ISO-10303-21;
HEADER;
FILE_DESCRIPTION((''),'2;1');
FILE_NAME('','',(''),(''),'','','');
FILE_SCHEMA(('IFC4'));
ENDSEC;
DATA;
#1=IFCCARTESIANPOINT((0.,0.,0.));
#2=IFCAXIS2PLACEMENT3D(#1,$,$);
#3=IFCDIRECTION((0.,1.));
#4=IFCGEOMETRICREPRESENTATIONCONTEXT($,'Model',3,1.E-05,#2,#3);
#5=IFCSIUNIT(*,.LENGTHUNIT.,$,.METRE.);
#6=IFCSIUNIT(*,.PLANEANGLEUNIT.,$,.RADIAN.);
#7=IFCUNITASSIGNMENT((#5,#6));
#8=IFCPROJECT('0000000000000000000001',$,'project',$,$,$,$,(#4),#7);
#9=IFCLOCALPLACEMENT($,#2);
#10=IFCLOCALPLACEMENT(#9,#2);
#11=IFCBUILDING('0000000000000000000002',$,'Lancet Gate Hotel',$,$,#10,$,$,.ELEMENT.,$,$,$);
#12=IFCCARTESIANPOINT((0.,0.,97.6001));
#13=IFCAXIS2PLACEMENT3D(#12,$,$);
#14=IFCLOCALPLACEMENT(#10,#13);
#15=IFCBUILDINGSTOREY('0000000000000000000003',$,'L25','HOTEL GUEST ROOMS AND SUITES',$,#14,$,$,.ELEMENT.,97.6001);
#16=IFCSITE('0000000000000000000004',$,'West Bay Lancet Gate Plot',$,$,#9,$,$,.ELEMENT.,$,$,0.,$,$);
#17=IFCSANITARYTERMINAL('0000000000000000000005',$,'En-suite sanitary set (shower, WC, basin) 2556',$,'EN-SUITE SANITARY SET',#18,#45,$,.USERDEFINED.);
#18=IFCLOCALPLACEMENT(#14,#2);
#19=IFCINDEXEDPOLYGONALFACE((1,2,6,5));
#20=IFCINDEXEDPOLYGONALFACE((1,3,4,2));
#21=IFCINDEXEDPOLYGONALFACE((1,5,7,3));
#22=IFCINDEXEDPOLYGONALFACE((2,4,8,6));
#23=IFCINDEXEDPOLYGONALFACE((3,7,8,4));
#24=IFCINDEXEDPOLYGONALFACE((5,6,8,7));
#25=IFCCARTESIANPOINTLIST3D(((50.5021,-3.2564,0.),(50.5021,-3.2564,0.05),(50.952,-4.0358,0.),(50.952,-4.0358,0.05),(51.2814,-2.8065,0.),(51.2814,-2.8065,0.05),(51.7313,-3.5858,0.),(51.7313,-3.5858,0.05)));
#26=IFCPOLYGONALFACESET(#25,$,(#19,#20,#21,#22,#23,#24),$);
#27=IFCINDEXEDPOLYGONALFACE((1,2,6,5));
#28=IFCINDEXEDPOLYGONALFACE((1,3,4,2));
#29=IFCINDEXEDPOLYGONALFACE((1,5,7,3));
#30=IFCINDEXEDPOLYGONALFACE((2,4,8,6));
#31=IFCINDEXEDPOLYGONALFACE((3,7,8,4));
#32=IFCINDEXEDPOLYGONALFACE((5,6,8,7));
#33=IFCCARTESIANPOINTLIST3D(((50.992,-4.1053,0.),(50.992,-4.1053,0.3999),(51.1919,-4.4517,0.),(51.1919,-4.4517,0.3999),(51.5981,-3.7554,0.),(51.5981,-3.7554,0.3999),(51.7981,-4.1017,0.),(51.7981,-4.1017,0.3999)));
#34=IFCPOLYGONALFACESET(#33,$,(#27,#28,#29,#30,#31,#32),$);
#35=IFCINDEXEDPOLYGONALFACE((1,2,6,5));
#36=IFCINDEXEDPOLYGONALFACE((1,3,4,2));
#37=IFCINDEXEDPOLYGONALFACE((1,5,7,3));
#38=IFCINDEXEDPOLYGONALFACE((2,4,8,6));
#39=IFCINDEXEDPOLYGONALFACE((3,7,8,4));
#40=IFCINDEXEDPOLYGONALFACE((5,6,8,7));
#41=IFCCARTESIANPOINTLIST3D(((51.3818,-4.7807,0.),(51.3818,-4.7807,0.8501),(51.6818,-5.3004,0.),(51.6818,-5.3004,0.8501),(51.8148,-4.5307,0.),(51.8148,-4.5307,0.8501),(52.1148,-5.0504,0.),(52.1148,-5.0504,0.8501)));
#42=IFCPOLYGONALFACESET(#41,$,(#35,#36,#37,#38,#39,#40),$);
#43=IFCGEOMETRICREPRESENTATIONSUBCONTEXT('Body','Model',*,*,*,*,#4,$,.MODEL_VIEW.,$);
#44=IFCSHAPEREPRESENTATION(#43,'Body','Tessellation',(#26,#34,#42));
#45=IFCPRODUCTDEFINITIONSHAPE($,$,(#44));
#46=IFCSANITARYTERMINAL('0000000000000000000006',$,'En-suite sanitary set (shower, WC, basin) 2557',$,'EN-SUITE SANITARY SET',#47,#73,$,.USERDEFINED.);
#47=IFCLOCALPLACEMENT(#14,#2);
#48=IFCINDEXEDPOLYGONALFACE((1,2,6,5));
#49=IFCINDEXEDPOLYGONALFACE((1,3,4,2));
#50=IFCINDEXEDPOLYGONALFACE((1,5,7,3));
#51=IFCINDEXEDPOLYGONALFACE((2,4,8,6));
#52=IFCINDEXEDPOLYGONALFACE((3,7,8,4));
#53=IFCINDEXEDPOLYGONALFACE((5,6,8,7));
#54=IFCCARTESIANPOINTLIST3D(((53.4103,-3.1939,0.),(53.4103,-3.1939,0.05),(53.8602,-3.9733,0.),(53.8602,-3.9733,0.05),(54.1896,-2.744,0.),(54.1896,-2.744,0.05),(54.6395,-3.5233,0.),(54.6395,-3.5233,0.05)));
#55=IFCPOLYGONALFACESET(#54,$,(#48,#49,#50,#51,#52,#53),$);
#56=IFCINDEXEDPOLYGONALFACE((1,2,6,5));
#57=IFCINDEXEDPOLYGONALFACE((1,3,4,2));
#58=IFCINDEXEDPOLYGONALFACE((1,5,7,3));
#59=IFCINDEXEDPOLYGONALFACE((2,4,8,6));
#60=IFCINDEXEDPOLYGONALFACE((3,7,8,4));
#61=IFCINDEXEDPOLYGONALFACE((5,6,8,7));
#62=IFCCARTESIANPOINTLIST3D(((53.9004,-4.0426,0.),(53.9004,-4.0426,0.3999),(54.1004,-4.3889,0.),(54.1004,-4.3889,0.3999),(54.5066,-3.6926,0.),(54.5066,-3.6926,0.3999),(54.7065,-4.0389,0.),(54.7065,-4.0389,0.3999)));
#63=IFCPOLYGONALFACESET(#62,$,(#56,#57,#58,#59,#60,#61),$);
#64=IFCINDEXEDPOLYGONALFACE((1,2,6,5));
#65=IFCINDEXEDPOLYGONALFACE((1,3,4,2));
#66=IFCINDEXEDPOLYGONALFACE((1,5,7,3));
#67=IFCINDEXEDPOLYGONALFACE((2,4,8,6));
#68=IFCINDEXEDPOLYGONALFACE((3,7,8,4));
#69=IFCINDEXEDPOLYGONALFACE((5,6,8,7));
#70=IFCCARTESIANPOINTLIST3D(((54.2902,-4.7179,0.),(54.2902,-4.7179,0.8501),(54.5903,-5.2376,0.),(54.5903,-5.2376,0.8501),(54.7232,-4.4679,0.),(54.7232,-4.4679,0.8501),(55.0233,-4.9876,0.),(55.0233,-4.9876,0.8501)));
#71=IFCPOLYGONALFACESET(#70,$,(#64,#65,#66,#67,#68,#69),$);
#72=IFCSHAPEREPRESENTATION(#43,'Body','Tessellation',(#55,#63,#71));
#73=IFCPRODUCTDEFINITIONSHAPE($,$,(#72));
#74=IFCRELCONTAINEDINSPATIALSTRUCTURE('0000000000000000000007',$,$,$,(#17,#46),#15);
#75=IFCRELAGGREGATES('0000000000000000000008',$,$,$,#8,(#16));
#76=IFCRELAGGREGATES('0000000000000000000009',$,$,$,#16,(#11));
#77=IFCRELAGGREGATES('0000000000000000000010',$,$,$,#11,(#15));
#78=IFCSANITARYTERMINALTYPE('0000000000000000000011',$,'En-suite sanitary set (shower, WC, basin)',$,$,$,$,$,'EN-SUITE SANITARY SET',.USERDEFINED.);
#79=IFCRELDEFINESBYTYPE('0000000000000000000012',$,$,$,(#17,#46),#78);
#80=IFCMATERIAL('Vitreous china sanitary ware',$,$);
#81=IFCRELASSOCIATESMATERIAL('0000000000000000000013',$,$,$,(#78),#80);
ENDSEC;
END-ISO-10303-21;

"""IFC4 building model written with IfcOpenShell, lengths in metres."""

from ifc_helpers import new_model, si_unit, direction, frame, origin, origin_2d, place, context, subcontext, project, spatial, rectangle, extrude, material, type_object, element, save


model = new_model("IFC4")

# Units and contexts
model_context = context("Model", 3, precision=1e-05, world=origin(), true_north=direction((0.0, 1.0)))
body_context = subcontext(model_context, "Body", "Model", "MODEL_VIEW")
ifc_project = project(units=[si_unit("LENGTHUNIT", "METRE"), si_unit("PLANEANGLEUNIT", "RADIAN")], contexts=[model_context])

# Site, building, storey
site_placement = place(None, origin())
site = spatial("IfcSite", under=ifc_project, at=site_placement, Name="West Bay Lancet Gate Plot", CompositionType="ELEMENT", RefElevation=0.0)
building_placement = place(site_placement, origin())
building = spatial("IfcBuilding", under=site, at=building_placement, Name="Lancet Gate Hotel", CompositionType="ELEMENT")
storey_placement = place(building_placement, frame((0.0, 0.0, 97.6001)))
storey = spatial("IfcBuildingStorey", under=building, at=storey_placement, Name="L25", Description="HOTEL GUEST ROOMS AND SUITES", CompositionType="ELEMENT", Elevation=97.6001)

# Sanitary terminals
ifc_material_1 = material(Name="Vitreous china sanitary ware")
sanitary_terminal_type = type_object("IfcSanitaryTerminalType", Name="En-suite sanitary set (shower, WC, basin)", ElementType="EN-SUITE SANITARY SET", PredefinedType="USERDEFINED", material=ifc_material_1)
sanitary_terminal_1_placement = place(storey_placement, frame((51.1167, -3.4211, 0.0), z_axis=(0.0, 0.0, 1.0), x_axis=(1.0, 0.0, 0.0)))
element("IfcSanitaryTerminal", 1, at=sanitary_terminal_1_placement, inside=storey, type_object=sanitary_terminal_type, Name="En-suite sanitary set (shower, WC, basin) 2556", ObjectType="EN-SUITE SANITARY SET", PredefinedType="USERDEFINED", context=body_context, shape_type="SweptSolid", body=[
    extrude(rectangle(XDim=0.8999, YDim=0.8999, at=origin_2d()), frame((0.0, 0.0, 0.0), z_axis=(0.0, 0.0, 1.0), x_axis=(-0.5, 0.866025, 0.0)), (0.0, 0.0, 1.0), 0.05),
    extrude(rectangle(XDim=0.3999, YDim=0.7, at=origin_2d()), frame((0.2783, -0.6824, 0.0), z_axis=(0.0, 0.0, 1.0), x_axis=(-0.5, 0.866025, 0.0)), (0.0, 0.0, 1.0), 0.3999),
    extrude(rectangle(XDim=0.6001, YDim=0.5, at=origin_2d()), frame((0.6316, -1.4944, 0.0), z_axis=(0.0, 0.0, 1.0), x_axis=(-0.5, 0.866025, 0.0)), (0.0, 0.0, 1.0), 0.8501),
])
sanitary_terminal_2_placement = place(storey_placement, frame((54.0249, -3.3586, 0.0), z_axis=(0.0, 0.0, 1.0), x_axis=(1.0, 0.0, 0.0)))
element("IfcSanitaryTerminal", 2, at=sanitary_terminal_2_placement, inside=storey, type_object=sanitary_terminal_type, Name="En-suite sanitary set (shower, WC, basin) 2557", ObjectType="EN-SUITE SANITARY SET", PredefinedType="USERDEFINED", context=body_context, shape_type="SweptSolid", body=[
    extrude(rectangle(XDim=0.8999, YDim=0.8999, at=origin_2d()), frame((0.0, 0.0, 0.0), z_axis=(0.0, 0.0, 1.0), x_axis=(-0.5, 0.866025, 0.0)), (0.0, 0.0, 1.0), 0.05),
    extrude(rectangle(XDim=0.3999, YDim=0.7, at=origin_2d()), frame((0.2786, -0.6821, 0.0), z_axis=(0.0, 0.0, 1.0), x_axis=(-0.5, 0.866025, 0.0)), (0.0, 0.0, 1.0), 0.3999),
    extrude(rectangle(XDim=0.6001, YDim=0.5, at=origin_2d()), frame((0.6318, -1.4941, 0.0), z_axis=(0.0, 0.0, 1.0), x_axis=(-0.5, 0.866025, 0.0)), (0.0, 0.0, 1.0), 0.8501),
])

save(model, "model.ifc")
